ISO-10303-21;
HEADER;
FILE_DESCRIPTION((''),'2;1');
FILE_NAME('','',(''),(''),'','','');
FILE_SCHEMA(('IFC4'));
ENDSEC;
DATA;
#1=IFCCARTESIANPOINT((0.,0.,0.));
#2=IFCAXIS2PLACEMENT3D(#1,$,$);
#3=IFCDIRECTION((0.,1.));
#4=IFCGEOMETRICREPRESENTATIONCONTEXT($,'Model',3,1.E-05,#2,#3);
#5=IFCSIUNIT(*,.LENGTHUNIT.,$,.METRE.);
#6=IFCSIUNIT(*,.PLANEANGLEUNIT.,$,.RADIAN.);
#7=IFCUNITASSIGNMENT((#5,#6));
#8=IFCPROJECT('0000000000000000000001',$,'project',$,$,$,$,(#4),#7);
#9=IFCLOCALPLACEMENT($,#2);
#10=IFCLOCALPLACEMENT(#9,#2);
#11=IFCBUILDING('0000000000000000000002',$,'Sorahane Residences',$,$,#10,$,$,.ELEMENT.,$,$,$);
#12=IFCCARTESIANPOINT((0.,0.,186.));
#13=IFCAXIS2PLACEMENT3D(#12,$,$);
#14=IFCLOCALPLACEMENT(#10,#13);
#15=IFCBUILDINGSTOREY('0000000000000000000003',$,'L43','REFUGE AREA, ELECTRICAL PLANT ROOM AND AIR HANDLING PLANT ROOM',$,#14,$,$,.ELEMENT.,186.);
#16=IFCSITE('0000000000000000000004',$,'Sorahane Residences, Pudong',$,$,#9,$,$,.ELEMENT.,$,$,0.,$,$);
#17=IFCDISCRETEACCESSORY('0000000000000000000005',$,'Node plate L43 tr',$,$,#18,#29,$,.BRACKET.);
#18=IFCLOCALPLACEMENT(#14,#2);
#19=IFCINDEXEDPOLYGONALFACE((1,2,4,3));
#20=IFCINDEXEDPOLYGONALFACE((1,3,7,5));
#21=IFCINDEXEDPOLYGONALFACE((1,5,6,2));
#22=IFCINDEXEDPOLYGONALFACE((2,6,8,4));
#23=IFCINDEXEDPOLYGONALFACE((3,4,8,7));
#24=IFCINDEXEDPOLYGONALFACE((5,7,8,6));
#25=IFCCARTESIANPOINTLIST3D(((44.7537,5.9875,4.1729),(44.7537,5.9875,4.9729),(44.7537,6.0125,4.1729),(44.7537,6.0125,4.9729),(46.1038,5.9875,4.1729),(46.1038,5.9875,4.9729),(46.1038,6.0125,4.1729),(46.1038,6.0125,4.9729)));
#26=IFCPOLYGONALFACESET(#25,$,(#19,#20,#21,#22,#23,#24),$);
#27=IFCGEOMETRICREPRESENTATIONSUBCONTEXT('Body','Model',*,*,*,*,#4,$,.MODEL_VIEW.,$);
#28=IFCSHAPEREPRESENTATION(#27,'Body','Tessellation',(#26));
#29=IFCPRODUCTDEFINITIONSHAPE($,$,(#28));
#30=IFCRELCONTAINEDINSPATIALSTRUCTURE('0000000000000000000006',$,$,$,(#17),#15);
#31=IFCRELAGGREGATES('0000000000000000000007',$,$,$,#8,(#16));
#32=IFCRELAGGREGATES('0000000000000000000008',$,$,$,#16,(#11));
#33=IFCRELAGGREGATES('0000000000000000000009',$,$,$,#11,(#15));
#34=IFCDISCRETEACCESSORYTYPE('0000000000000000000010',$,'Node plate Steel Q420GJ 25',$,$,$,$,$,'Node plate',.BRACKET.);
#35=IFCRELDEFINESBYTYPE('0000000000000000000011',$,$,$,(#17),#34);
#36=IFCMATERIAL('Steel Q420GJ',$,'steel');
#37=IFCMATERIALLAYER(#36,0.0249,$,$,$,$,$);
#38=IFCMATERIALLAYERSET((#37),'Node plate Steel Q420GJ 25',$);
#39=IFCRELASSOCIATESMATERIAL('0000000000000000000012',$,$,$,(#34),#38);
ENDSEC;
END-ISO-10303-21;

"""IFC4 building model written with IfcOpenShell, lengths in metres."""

from ifc_helpers import new_model, si_unit, direction, frame, origin, origin_2d, place, context, subcontext, project, spatial, rectangle, extrude, material, layer, layer_set, type_object, element, save


model = new_model("IFC4")

# Units and contexts
model_context = context("Model", 3, precision=1e-05, world=origin(), true_north=direction((0.0, 1.0)))
body_context = subcontext(model_context, "Body", "Model", "MODEL_VIEW")
ifc_project = project(units=[si_unit("LENGTHUNIT", "METRE"), si_unit("PLANEANGLEUNIT", "RADIAN")], contexts=[model_context])

# Site, building, storey
site_placement = place(None, origin())
site = spatial("IfcSite", under=ifc_project, at=site_placement, Name="Sorahane Residences, Pudong", CompositionType="ELEMENT", RefElevation=0.0)
building_placement = place(site_placement, origin())
building = spatial("IfcBuilding", under=site, at=building_placement, Name="Sorahane Residences", CompositionType="ELEMENT")
storey_placement = place(building_placement, frame((0.0, 0.0, 186.0)))
storey = spatial("IfcBuildingStorey", under=building, at=storey_placement, Name="L43", Description="REFUGE AREA, ELECTRICAL PLANT ROOM AND AIR HANDLING PLANT ROOM", CompositionType="ELEMENT", Elevation=186.0)

# Discrete accessory
ifc_material_1 = material(Name="Steel Q420GJ", Category="steel")
ifc_layer_1 = layer(ifc_material_1, 0.0249)
ifc_layer_set_1 = layer_set([ifc_layer_1], Name="Node plate Steel Q420GJ 25")
discrete_accessory_type_1 = type_object("IfcDiscreteAccessoryType", Name="Node plate Steel Q420GJ 25", ElementType="Node plate", PredefinedType="BRACKET", material=ifc_layer_set_1)
discrete_accessory_1_placement = place(storey_placement, frame((45.4287, 6.0, 4.1729), z_axis=(0.0, 0.0, 1.0), x_axis=(1.0, 0.0, 0.0)))
element("IfcDiscreteAccessory", 1, at=discrete_accessory_1_placement, inside=storey, type_object=discrete_accessory_type_1, Name="Node plate L43 tr", PredefinedType="BRACKET", context=body_context, shape_type="SweptSolid", body=[
    extrude(rectangle(XDim=1.3501, YDim=0.0249, at=origin_2d()), origin(), (0.0, 0.0, 1.0), 0.8),
])

save(model, "model.ifc")
